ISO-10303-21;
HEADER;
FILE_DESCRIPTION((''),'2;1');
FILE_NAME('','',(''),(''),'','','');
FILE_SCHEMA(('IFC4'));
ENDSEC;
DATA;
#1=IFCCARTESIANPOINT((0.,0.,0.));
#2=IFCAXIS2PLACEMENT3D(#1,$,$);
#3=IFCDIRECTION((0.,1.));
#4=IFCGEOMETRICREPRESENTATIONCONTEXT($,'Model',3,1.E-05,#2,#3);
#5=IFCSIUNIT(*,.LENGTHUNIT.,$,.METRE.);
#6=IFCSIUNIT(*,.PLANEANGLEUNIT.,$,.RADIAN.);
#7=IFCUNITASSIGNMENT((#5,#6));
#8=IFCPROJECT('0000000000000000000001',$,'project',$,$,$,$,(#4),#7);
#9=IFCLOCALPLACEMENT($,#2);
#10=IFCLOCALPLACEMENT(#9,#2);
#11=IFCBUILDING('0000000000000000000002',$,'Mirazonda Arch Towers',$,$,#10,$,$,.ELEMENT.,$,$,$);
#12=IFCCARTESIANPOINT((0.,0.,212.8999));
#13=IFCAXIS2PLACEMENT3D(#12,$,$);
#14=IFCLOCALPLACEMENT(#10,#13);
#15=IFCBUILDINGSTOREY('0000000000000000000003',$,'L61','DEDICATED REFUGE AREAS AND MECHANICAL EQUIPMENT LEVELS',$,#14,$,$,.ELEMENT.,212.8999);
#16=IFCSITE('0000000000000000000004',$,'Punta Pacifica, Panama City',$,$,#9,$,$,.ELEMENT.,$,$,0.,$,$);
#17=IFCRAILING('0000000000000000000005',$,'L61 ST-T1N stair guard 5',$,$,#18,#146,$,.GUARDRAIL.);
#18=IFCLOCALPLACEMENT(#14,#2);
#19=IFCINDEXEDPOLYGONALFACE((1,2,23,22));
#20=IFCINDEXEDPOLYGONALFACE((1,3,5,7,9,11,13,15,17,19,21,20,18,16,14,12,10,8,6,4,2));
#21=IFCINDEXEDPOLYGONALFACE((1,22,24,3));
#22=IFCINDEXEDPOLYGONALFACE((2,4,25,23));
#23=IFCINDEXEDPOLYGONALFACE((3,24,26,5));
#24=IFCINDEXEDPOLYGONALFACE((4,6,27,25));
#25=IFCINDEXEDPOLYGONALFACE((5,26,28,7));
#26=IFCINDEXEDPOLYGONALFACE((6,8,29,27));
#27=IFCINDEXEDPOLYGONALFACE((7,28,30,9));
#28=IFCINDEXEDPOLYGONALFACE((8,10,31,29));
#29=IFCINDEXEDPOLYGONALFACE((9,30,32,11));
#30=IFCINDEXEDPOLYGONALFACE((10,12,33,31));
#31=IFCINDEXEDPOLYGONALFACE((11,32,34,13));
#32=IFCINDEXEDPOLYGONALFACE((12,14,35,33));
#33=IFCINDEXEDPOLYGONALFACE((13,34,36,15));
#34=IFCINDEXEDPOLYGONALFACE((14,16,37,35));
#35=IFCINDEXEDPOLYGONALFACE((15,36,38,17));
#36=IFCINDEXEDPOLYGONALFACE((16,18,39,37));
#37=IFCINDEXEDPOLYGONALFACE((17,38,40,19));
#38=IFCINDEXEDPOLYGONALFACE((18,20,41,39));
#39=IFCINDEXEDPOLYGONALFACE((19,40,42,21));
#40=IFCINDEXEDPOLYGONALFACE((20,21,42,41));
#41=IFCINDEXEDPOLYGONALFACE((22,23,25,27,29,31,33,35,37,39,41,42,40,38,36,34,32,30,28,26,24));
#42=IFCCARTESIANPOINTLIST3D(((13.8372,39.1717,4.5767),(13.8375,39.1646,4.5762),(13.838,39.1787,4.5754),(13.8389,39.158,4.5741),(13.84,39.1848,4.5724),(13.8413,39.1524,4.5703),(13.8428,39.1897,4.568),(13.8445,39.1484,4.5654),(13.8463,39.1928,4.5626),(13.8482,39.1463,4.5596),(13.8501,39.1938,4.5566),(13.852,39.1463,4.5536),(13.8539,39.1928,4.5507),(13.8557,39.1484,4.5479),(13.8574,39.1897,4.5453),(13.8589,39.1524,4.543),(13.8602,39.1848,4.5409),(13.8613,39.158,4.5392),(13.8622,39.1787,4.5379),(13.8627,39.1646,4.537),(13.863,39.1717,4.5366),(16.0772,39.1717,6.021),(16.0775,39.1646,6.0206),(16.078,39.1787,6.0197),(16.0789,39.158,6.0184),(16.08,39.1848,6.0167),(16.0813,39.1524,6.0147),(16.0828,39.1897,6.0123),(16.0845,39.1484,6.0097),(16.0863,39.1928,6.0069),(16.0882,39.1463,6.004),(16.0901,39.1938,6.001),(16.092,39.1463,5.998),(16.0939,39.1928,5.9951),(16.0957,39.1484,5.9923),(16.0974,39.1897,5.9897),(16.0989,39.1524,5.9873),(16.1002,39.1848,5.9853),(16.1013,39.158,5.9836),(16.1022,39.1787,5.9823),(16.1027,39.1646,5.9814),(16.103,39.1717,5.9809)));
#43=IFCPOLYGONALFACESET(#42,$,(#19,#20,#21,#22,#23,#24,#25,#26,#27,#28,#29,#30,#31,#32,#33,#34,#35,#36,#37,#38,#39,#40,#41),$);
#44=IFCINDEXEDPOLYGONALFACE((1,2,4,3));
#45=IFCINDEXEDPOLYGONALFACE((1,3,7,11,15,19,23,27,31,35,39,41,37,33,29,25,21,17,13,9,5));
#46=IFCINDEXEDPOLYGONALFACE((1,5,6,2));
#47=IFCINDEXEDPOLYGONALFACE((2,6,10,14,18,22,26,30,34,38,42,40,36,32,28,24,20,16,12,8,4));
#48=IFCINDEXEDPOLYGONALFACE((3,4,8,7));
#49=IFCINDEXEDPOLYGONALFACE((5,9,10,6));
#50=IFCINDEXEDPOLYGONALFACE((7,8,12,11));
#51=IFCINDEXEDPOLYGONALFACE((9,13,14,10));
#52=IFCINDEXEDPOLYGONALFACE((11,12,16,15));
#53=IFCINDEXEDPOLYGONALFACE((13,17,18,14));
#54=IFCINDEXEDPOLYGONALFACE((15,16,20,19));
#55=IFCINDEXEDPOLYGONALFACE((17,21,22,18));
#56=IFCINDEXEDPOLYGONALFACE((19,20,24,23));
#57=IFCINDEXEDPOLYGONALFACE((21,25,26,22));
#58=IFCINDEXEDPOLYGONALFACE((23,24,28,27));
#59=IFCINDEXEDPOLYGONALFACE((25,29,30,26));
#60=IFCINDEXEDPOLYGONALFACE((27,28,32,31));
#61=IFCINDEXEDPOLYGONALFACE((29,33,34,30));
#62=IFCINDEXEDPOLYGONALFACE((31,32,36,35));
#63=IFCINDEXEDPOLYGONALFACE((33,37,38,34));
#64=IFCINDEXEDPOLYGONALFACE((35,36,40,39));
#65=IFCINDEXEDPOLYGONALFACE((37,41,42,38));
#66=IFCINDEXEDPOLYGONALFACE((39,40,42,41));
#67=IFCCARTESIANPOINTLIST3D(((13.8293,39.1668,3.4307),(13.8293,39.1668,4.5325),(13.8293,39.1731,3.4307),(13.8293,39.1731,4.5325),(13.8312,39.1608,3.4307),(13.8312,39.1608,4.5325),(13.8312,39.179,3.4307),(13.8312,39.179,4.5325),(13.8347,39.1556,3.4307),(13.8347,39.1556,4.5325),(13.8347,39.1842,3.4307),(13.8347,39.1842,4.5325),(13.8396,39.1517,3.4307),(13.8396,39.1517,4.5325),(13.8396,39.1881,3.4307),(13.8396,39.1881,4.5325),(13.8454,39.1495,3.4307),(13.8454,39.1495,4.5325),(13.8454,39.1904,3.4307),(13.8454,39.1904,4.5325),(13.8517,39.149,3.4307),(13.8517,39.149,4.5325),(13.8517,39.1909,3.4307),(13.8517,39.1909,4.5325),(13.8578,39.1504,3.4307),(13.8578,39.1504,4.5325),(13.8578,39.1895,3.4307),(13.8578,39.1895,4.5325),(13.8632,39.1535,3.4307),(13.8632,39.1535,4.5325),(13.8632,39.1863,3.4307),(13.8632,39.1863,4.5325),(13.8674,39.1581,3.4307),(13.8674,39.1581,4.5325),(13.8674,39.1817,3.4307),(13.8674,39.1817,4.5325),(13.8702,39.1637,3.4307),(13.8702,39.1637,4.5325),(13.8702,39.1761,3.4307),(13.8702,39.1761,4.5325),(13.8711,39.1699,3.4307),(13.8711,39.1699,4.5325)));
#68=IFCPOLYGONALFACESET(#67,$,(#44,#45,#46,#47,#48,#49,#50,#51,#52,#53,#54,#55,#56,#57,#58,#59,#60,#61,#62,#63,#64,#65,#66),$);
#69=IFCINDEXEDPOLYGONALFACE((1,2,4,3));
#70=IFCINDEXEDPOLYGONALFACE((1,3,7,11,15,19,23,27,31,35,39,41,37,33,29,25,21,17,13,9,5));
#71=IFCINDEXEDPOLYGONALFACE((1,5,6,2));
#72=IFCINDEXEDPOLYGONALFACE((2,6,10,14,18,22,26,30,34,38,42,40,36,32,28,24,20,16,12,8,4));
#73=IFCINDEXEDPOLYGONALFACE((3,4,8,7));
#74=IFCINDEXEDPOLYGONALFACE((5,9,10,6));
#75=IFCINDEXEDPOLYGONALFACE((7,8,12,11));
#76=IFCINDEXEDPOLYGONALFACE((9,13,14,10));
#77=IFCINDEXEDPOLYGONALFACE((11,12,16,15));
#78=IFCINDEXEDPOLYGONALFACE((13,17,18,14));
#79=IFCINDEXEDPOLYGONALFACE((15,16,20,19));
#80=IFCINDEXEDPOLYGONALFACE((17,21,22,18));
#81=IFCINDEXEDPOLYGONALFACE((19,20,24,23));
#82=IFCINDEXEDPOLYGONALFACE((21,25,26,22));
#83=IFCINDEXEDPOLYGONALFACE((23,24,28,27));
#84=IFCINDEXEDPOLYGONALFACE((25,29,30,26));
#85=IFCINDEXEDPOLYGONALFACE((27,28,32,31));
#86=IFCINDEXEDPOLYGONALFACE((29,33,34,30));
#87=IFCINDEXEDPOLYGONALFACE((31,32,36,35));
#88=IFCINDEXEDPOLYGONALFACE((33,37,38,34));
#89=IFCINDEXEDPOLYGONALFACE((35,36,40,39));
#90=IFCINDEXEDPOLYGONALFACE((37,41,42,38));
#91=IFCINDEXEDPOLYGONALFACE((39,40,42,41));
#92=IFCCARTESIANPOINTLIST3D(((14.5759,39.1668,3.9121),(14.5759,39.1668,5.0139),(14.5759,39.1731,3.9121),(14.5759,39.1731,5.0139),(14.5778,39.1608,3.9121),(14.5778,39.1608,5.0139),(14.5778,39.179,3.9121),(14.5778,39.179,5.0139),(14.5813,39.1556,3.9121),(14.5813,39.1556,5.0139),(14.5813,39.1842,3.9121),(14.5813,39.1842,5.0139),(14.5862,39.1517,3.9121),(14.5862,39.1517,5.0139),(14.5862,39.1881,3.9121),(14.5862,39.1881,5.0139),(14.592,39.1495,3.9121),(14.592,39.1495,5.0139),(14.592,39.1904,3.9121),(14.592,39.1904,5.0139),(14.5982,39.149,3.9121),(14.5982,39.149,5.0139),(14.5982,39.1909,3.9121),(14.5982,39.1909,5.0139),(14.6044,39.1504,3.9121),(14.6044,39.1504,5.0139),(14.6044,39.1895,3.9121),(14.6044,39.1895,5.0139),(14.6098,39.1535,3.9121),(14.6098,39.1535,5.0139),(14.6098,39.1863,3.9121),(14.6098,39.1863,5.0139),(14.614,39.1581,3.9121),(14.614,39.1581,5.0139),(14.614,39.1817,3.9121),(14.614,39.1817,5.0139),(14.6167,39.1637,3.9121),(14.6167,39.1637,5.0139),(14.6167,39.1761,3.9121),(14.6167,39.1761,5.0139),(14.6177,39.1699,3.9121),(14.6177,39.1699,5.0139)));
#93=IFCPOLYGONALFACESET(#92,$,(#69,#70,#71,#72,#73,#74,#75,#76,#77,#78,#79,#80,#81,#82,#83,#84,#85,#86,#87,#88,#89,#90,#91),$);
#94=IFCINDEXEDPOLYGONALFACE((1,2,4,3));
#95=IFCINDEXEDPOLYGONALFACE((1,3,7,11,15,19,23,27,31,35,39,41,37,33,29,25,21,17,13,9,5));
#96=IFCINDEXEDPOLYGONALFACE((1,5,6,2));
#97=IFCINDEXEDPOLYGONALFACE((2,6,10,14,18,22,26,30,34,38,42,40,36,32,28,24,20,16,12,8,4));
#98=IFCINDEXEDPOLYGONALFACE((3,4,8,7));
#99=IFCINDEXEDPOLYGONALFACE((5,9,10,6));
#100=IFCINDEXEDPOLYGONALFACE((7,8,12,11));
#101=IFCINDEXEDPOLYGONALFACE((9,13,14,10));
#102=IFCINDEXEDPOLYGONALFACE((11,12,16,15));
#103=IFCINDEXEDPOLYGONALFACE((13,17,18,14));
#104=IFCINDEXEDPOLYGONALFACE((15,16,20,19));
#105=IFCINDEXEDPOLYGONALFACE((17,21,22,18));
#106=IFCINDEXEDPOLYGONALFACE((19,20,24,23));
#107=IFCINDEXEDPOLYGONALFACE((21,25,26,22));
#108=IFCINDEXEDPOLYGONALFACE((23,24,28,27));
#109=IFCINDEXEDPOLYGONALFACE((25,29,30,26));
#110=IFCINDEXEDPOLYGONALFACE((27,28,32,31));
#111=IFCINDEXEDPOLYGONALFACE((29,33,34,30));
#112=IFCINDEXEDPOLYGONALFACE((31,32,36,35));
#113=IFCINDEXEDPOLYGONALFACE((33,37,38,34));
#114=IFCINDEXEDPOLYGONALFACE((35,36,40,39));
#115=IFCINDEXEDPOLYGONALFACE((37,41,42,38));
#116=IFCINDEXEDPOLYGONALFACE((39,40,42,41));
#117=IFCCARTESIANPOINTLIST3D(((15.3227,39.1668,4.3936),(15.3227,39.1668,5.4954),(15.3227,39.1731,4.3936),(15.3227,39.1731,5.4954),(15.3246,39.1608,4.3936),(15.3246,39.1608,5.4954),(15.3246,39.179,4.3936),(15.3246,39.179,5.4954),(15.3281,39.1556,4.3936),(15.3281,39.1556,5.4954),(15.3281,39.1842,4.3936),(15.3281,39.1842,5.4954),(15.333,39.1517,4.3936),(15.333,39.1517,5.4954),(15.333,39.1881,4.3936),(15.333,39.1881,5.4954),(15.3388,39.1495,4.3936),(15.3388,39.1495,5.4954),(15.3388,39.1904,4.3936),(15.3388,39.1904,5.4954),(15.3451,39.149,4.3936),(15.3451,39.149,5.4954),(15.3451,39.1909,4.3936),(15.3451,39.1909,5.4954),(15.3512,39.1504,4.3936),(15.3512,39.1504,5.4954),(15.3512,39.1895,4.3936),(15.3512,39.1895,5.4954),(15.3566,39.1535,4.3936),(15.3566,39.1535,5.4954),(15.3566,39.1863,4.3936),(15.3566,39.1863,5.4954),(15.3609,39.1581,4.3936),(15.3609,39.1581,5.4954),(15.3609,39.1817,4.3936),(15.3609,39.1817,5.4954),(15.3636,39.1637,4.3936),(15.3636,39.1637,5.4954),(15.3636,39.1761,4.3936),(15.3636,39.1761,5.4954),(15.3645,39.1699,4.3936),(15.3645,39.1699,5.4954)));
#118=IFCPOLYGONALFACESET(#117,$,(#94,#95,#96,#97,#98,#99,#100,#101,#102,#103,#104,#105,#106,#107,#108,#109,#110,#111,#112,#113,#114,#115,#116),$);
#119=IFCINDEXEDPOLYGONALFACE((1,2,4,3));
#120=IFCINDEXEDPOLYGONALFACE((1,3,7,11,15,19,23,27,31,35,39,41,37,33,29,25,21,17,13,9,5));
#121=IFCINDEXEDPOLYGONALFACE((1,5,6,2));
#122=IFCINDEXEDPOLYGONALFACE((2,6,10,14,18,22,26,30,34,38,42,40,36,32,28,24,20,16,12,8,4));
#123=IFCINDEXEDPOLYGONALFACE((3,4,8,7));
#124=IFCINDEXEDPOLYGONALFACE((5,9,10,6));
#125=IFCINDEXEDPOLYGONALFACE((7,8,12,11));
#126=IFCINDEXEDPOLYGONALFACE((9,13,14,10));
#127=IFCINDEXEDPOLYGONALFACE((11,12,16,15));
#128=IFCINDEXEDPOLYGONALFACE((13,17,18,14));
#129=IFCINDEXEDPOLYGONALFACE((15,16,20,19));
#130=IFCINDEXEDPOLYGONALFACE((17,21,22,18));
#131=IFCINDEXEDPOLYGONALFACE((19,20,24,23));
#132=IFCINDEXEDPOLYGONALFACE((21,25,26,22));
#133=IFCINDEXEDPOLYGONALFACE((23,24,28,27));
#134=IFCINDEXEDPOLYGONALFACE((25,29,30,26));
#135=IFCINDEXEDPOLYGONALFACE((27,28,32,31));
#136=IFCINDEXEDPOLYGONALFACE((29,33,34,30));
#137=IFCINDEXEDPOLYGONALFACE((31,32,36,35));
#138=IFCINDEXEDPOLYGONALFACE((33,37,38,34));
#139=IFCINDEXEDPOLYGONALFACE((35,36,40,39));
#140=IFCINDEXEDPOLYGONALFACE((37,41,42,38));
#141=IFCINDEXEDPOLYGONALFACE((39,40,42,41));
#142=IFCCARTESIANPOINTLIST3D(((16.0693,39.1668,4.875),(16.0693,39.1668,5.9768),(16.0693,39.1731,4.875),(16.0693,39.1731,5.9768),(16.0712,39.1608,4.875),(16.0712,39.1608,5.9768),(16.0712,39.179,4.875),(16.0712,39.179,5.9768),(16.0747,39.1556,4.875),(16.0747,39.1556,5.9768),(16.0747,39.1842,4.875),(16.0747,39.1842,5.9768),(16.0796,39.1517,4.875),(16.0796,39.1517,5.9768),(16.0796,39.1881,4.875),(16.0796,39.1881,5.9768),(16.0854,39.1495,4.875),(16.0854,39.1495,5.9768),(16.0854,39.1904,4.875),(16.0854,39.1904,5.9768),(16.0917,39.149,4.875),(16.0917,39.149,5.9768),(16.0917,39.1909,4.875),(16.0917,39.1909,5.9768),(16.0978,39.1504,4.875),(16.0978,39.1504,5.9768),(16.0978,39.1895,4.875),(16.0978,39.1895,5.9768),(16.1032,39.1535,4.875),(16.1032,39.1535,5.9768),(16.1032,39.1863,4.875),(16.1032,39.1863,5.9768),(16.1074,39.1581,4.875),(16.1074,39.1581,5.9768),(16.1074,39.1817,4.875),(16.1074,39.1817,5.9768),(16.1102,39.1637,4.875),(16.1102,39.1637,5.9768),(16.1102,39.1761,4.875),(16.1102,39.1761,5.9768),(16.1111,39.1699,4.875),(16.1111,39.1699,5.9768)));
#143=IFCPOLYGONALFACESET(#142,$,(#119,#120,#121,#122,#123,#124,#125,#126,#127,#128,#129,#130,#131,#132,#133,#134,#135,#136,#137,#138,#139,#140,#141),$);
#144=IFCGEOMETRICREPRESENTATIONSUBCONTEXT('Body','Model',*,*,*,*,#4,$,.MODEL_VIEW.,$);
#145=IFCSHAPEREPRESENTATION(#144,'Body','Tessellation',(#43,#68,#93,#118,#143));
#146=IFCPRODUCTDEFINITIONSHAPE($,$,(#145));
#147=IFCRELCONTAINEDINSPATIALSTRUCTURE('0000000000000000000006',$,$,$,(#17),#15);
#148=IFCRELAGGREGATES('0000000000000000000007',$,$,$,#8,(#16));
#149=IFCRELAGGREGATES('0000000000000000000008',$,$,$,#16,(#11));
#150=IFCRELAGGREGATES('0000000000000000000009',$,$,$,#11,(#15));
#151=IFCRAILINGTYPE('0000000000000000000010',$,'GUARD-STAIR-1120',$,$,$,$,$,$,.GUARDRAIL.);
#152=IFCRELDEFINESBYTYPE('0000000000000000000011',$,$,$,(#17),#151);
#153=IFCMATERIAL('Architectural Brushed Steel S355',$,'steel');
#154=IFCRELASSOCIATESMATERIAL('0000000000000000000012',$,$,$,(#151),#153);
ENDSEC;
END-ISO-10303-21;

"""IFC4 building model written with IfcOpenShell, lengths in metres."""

from ifc_helpers import new_model, si_unit, direction, frame, origin, origin_2d, place, context, subcontext, project, spatial, circle, extrude, material, type_object, element, save


model = new_model("IFC4")

# Units and contexts
model_context = context("Model", 3, precision=1e-05, world=origin(), true_north=direction((0.0, 1.0)))
body_context = subcontext(model_context, "Body", "Model", "MODEL_VIEW")
ifc_project = project(units=[si_unit("LENGTHUNIT", "METRE"), si_unit("PLANEANGLEUNIT", "RADIAN")], contexts=[model_context])

# Site, building, storey
site_placement = place(None, origin())
site = spatial("IfcSite", under=ifc_project, at=site_placement, Name="Punta Pacifica, Panama City", CompositionType="ELEMENT", RefElevation=0.0)
building_placement = place(site_placement, origin())
building = spatial("IfcBuilding", under=site, at=building_placement, Name="Mirazonda Arch Towers", CompositionType="ELEMENT")
storey_placement = place(building_placement, frame((0.0, 0.0, 212.8999)))
storey = spatial("IfcBuildingStorey", under=building, at=storey_placement, Name="L61", Description="DEDICATED REFUGE AREAS AND MECHANICAL EQUIPMENT LEVELS", CompositionType="ELEMENT", Elevation=212.8999)

# Railing
ifc_material_1 = material(Name="Architectural Brushed Steel S355", Category="steel")
railing_type_1 = type_object("IfcRailingType", Name="GUARD-STAIR-1120", PredefinedType="GUARDRAIL", material=ifc_material_1)
railing_1_placement = place(storey_placement, frame((13.8501, 39.1699, 3.4307)))
element("IfcRailing", 1, at=railing_1_placement, inside=storey, type_object=railing_type_1, Name="L61 ST-T1N stair guard 5", PredefinedType="GUARDRAIL", context=body_context, shape_type="SweptSolid", body=[
    extrude(circle(Radius=0.0239, at=origin_2d()), frame((0.0, 0.0, 1.126), z_axis=(0.840437, 0.0, 0.54191), x_axis=(0.0, 1.0, 0.0)), (0.0, 0.0, 1.0), 2.6653),
    extrude(circle(Radius=0.021, at=origin_2d()), origin(), (0.0, 0.0, 1.0), 1.1018),
    extrude(circle(Radius=0.021, at=origin_2d()), frame((0.7466, 0.0, 0.4814)), (0.0, 0.0, 1.0), 1.1018),
    extrude(circle(Radius=0.021, at=origin_2d()), frame((1.4934, 0.0, 0.9629)), (0.0, 0.0, 1.0), 1.1018),
    extrude(circle(Radius=0.021, at=origin_2d()), frame((2.24, 0.0, 1.4443)), (0.0, 0.0, 1.0), 1.1018),
])

save(model, "model.ifc")
